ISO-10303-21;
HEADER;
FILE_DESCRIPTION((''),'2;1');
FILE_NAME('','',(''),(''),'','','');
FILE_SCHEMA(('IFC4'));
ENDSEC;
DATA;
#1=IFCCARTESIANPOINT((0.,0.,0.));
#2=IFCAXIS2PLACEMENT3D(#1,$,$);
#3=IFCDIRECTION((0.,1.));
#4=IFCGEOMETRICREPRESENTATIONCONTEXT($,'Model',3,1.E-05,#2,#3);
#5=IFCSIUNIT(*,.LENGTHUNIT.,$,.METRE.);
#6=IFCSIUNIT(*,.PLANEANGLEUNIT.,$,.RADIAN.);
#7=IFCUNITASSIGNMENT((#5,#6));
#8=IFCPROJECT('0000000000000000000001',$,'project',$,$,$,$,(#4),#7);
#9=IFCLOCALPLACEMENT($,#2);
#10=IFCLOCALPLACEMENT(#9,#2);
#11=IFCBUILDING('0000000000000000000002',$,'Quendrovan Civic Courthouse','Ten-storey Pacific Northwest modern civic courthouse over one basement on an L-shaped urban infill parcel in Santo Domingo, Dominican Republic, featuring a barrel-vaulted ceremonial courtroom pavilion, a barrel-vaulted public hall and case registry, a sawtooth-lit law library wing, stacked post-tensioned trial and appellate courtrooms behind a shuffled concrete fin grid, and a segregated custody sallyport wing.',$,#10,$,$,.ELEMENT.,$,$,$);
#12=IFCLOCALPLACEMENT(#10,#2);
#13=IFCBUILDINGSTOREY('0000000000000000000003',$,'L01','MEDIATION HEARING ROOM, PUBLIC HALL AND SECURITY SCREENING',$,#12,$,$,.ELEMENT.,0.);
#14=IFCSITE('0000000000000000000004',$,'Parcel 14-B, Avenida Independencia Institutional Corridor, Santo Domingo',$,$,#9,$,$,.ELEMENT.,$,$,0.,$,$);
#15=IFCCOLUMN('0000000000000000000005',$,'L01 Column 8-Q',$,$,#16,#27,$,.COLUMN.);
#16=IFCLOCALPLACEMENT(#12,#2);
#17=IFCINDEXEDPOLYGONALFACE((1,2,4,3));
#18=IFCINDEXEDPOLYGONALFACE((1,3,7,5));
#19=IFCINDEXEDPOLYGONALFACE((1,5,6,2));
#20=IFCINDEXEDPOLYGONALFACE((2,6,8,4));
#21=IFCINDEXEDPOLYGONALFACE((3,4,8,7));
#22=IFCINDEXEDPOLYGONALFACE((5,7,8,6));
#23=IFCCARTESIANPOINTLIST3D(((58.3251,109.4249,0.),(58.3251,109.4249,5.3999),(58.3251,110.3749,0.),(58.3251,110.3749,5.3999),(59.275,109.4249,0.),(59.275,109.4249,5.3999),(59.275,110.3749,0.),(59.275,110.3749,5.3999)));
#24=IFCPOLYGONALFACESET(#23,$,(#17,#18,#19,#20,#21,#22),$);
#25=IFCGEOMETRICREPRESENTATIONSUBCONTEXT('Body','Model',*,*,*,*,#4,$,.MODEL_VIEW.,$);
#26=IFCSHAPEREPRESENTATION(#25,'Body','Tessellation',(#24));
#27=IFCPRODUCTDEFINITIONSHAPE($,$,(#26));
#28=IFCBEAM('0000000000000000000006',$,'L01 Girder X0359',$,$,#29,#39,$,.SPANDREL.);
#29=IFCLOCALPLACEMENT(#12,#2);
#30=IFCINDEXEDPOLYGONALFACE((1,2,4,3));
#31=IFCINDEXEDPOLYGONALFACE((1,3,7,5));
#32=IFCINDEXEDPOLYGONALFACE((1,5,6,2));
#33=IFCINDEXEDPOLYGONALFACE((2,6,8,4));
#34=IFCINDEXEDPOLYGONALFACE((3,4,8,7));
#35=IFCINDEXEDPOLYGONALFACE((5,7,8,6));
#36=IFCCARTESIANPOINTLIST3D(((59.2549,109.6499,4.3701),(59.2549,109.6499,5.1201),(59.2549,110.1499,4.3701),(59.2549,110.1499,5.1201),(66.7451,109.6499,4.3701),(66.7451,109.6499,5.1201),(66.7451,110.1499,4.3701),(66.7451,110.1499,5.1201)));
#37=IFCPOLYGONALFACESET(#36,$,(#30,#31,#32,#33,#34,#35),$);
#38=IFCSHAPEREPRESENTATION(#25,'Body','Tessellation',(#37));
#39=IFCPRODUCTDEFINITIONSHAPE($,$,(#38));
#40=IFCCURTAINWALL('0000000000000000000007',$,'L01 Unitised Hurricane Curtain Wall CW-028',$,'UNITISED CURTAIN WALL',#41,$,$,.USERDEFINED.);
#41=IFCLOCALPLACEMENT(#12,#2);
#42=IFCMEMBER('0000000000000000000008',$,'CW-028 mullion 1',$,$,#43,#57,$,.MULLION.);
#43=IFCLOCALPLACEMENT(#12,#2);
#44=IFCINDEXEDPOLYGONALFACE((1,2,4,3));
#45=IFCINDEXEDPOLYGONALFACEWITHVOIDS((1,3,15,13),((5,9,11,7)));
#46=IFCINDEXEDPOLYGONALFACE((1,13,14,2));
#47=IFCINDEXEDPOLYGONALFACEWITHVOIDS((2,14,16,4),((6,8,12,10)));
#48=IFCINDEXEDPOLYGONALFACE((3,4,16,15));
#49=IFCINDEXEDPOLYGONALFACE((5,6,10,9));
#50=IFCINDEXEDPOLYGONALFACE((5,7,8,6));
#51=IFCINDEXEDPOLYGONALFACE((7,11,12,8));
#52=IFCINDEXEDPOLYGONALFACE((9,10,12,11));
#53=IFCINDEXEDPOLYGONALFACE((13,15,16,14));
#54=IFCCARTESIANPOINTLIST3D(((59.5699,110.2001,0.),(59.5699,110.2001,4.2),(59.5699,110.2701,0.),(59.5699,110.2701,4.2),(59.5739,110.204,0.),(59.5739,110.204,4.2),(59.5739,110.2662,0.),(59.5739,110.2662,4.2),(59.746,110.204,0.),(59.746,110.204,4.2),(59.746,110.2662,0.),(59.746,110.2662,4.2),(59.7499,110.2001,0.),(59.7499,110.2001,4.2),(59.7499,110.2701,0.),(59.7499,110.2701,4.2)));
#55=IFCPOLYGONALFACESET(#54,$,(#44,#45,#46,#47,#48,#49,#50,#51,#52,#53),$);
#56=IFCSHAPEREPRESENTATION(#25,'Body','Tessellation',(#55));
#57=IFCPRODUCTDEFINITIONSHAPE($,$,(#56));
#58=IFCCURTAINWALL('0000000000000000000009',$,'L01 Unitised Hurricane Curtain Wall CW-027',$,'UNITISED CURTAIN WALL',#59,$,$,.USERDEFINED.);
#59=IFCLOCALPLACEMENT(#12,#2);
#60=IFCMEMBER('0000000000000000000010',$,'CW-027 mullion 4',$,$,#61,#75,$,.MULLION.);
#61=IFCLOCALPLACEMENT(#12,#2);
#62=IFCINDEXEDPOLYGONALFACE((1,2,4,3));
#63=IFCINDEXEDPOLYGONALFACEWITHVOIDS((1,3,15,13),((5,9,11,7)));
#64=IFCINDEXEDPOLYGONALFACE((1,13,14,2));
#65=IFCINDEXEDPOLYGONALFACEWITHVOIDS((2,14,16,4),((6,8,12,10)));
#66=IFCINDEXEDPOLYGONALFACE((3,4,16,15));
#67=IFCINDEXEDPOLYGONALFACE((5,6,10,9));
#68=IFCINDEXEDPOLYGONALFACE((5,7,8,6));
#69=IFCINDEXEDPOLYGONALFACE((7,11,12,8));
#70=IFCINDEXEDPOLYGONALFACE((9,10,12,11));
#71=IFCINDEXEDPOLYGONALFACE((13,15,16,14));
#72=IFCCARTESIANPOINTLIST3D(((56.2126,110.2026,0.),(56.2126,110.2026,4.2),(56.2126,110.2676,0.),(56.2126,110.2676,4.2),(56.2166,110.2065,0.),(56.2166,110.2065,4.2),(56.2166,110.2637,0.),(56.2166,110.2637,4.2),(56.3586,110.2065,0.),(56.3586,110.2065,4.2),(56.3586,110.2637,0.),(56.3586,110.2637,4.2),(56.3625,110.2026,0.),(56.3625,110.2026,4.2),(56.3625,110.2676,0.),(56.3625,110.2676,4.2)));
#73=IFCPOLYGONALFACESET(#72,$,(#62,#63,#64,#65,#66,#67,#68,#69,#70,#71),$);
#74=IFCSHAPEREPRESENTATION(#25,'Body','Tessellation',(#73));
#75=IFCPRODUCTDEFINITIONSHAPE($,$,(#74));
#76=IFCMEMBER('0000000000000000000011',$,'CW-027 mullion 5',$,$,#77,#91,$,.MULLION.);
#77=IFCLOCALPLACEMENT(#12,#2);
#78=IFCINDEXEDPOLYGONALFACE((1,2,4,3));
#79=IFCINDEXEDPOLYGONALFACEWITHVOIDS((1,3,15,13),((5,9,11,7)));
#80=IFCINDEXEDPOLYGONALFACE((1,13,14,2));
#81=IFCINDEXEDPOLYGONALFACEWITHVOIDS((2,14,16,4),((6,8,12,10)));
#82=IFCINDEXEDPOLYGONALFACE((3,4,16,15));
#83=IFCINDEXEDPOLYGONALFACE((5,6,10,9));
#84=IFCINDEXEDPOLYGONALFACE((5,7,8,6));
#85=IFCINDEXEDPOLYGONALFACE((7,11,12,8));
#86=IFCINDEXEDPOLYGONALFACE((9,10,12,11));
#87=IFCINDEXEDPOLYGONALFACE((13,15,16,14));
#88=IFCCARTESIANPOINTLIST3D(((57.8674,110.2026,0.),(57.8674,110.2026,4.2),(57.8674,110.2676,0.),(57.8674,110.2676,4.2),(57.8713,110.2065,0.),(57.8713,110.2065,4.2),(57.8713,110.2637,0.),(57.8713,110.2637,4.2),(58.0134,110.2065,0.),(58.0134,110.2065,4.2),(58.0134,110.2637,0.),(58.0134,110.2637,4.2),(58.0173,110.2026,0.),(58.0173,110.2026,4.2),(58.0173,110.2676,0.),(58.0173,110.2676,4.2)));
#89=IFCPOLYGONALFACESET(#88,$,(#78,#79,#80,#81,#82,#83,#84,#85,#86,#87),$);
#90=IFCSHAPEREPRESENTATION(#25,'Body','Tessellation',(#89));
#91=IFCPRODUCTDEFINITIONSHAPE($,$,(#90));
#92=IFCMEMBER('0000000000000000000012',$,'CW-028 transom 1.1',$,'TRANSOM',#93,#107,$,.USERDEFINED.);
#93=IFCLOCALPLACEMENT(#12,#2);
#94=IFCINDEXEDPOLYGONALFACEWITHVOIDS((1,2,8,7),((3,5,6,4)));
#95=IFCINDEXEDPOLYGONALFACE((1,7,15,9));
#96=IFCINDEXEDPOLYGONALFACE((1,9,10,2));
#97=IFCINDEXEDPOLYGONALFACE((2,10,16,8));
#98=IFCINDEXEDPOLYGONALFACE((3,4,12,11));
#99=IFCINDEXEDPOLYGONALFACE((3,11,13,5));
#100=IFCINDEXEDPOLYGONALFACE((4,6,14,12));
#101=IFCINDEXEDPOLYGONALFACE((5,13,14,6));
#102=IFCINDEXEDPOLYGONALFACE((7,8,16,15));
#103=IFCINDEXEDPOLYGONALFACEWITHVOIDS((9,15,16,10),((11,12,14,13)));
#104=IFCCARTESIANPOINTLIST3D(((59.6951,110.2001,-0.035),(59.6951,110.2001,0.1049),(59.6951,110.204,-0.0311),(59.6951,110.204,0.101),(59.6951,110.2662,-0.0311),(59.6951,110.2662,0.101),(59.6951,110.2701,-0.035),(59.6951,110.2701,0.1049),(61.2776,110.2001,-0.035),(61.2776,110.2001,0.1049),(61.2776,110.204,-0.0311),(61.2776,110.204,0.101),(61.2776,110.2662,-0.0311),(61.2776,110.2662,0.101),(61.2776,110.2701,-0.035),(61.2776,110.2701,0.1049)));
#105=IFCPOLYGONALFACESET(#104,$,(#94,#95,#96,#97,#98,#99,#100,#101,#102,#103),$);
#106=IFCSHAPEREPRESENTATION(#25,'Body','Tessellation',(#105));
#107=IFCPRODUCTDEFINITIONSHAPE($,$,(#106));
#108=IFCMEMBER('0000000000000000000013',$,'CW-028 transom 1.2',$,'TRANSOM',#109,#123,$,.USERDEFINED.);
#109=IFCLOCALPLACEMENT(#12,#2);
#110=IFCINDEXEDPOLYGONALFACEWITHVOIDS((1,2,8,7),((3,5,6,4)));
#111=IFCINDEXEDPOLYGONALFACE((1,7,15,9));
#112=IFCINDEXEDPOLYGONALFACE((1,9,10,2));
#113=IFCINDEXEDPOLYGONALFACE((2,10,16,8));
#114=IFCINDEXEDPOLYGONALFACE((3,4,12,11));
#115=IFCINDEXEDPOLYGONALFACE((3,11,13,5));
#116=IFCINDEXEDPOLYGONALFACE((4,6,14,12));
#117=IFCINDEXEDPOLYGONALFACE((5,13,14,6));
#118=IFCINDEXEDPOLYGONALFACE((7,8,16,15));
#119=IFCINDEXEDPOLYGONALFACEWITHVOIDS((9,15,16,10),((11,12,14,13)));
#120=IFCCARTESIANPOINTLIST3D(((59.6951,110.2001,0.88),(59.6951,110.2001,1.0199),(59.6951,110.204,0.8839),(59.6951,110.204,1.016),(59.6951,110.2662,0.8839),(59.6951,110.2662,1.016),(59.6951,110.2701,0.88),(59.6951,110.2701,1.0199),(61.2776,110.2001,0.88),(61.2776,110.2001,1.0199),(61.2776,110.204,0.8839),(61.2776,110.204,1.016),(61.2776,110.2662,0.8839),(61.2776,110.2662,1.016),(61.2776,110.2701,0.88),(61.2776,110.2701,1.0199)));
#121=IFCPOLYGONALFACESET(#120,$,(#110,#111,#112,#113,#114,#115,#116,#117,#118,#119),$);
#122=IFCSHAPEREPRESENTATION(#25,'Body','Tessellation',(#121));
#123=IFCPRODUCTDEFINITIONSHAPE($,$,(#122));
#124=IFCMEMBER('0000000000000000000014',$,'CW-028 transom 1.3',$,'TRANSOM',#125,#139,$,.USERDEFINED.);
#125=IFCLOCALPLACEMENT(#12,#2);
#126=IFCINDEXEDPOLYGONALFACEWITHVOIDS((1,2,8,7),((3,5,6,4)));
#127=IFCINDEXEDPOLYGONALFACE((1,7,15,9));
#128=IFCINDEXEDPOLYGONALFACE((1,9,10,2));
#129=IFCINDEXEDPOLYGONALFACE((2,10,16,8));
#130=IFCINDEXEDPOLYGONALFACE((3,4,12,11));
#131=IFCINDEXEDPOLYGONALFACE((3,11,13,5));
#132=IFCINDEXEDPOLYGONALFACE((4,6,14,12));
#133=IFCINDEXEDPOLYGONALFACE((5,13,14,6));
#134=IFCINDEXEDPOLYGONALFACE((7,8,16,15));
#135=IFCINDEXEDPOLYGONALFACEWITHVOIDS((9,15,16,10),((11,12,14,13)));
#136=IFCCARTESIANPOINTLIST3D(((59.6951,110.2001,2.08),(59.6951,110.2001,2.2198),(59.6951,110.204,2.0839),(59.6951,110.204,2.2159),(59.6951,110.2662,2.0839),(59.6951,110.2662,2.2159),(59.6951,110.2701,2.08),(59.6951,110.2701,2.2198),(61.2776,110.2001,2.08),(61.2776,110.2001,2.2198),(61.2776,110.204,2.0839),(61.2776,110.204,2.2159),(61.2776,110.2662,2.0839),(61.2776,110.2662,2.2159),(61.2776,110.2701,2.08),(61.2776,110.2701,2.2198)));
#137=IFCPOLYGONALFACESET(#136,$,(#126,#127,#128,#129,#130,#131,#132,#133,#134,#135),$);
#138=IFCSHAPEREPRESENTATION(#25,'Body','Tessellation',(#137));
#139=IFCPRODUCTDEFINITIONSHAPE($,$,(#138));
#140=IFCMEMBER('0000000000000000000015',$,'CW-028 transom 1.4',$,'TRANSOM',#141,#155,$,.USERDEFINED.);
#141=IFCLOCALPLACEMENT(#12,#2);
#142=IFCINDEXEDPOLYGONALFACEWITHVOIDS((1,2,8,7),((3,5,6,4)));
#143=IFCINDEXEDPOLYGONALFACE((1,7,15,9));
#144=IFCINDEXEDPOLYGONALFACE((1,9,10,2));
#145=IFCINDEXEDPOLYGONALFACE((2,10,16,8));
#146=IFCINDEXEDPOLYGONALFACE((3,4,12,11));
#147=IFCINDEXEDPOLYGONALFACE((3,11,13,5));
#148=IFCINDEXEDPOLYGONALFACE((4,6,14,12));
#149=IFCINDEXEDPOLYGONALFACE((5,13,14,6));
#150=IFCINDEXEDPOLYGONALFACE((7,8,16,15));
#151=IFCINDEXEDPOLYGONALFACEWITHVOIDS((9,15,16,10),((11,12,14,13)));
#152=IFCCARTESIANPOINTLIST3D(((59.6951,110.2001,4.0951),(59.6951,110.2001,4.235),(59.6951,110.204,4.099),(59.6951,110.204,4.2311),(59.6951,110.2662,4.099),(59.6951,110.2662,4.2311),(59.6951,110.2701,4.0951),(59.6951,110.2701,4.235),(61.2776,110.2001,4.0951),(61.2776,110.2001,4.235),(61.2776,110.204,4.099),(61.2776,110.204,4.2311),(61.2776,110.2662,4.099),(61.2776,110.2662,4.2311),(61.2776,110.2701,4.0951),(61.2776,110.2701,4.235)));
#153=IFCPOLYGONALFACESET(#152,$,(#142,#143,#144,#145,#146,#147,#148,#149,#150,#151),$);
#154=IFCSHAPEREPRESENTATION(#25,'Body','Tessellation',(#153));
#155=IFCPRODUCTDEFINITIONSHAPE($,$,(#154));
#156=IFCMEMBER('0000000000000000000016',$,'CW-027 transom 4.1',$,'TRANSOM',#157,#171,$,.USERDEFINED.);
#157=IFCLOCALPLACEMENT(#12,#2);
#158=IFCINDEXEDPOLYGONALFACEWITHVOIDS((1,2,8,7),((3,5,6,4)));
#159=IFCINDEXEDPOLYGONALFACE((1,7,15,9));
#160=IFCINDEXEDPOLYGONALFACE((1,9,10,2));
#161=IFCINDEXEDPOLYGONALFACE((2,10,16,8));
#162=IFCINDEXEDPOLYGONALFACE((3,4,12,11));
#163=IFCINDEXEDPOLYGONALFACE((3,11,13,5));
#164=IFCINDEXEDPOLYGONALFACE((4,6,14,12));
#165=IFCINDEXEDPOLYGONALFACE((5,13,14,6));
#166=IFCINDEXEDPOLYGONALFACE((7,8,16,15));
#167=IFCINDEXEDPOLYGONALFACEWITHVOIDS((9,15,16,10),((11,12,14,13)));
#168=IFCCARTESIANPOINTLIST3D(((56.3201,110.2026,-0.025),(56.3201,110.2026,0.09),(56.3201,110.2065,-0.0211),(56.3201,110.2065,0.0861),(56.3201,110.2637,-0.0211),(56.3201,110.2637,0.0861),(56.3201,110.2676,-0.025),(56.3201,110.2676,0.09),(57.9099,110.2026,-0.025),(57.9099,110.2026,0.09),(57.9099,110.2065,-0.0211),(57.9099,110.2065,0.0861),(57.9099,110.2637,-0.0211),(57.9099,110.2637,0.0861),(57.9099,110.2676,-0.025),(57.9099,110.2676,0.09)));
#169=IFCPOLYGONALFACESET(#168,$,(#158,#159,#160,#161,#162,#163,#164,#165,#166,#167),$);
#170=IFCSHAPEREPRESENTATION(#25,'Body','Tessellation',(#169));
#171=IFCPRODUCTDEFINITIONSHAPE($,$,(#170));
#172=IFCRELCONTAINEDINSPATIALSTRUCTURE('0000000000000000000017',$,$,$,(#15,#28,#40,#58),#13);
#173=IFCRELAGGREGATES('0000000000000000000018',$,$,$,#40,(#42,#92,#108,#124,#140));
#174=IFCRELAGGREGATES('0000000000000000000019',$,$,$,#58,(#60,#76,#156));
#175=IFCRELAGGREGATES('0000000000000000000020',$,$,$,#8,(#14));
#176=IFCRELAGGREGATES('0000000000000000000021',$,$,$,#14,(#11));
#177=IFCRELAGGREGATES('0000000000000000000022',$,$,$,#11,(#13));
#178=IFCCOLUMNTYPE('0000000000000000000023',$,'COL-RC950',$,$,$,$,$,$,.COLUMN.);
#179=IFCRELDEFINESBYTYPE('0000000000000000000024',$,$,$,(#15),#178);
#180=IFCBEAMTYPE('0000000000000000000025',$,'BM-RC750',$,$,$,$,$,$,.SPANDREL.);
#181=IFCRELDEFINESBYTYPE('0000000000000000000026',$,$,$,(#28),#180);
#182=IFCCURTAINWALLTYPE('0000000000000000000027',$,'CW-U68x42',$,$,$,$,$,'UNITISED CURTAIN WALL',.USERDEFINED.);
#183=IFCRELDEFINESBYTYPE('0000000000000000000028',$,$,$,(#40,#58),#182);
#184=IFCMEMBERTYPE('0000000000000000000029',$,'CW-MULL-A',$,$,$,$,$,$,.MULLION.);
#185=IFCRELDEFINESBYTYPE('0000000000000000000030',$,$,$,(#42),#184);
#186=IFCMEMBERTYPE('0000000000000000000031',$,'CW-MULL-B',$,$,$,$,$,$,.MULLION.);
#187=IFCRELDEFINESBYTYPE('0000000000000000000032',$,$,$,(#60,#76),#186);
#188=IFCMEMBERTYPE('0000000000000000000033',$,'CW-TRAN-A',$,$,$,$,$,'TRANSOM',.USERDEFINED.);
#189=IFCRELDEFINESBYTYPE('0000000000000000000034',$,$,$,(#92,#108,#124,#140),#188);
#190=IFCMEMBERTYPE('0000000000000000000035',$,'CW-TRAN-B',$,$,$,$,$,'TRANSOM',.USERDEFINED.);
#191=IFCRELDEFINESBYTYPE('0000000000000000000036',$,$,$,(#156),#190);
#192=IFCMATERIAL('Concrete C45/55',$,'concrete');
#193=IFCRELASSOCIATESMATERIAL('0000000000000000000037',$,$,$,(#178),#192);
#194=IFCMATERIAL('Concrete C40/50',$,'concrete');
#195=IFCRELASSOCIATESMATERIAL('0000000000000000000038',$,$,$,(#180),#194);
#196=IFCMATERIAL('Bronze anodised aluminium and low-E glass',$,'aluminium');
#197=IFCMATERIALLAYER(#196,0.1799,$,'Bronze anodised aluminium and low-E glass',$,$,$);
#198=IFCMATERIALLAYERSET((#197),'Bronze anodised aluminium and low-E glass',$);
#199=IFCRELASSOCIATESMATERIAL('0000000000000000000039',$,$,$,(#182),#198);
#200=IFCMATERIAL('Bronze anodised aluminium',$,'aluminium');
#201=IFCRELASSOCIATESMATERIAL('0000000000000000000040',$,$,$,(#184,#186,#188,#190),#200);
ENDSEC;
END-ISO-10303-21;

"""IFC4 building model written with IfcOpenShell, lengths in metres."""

from ifc_helpers import new_model, si_unit, direction, frame, origin, origin_2d, place, context, subcontext, project, spatial, rectangle, hollow_rectangle, extrude, material, layer, layer_set, material_profile, profile_set, type_object, element, aggregate, save


model = new_model("IFC4")

# Units and contexts
model_context = context("Model", 3, precision=1e-05, world=origin(), true_north=direction((0.0, 1.0)))
body_context = subcontext(model_context, "Body", "Model", "MODEL_VIEW")
ifc_project = project(units=[si_unit("LENGTHUNIT", "METRE"), si_unit("PLANEANGLEUNIT", "RADIAN")], contexts=[model_context])

# Site, building, storey
site_placement = place(None, origin())
site = spatial("IfcSite", under=ifc_project, at=site_placement, Name="Parcel 14-B, Avenida Independencia Institutional Corridor, Santo Domingo", CompositionType="ELEMENT", RefElevation=0.0)
building_placement = place(site_placement, origin())
building = spatial("IfcBuilding", under=site, at=building_placement, Name="Quendrovan Civic Courthouse", Description="Ten-storey Pacific Northwest modern civic courthouse over one basement on an L-shaped urban infill parcel in Santo Domingo, Dominican Republic, featuring a barrel-vaulted ceremonial courtroom pavilion, a barrel-vaulted public hall and case registry, a sawtooth-lit law library wing, stacked post-tensioned trial and appellate courtrooms behind a shuffled concrete fin grid, and a segregated custody sallyport wing.", CompositionType="ELEMENT")
storey_placement = place(building_placement, origin())
storey = spatial("IfcBuildingStorey", under=building, at=storey_placement, Name="L01", Description="MEDIATION HEARING ROOM, PUBLIC HALL AND SECURITY SCREENING", CompositionType="ELEMENT", Elevation=0.0)

# Column
ifc_material_1 = material(Name="Concrete C45/55", Category="concrete")
ifc_material_profile_1 = material_profile(ifc_material_1, rectangle(XDim=0.95, YDim=0.95, at=origin_2d()), Name="RC-COL-950x950")
ifc_profile_set_1 = profile_set([ifc_material_profile_1], Name="Concrete C45/55")
column_type = type_object("IfcColumnType", Name="COL-RC950", PredefinedType="COLUMN", material=ifc_profile_set_1)
column_placement = place(storey_placement, frame((58.8, 109.8999, 0.0), z_axis=(0.0, 0.0, 1.0), x_axis=(1.0, 0.0, 0.0)))
element("IfcColumn", 1, at=column_placement, inside=storey, type_object=column_type, Name="L01 Column 8-Q", PredefinedType="COLUMN", context=body_context, shape_type="SweptSolid", body=[
    extrude(rectangle(XDim=0.95, YDim=0.95, at=origin_2d()), origin(), (0.0, 0.0, 1.0), 5.3999),
])

# Beam
ifc_material_2 = material(Name="Concrete C40/50", Category="concrete")
ifc_material_profile_2 = material_profile(ifc_material_2, rectangle(XDim=0.5, YDim=0.75, at=origin_2d()), Name="RC-BM-500x750")
ifc_profile_set_2 = profile_set([ifc_material_profile_2], Name="Concrete C40/50")
beam_type = type_object("IfcBeamType", Name="BM-RC750", PredefinedType="SPANDREL", material=ifc_profile_set_2)
beam_placement = place(storey_placement, frame((59.2549, 109.8999, 4.7451), z_axis=(1.0, 0.0, 0.0), x_axis=(0.0, 1.0, 0.0)))
element("IfcBeam", 2, at=beam_placement, inside=storey, type_object=beam_type, Name="L01 Girder X0359", PredefinedType="SPANDREL", context=body_context, shape_type="SweptSolid", body=[
    extrude(rectangle(XDim=0.5, YDim=0.75, at=origin_2d()), origin(), (0.0, 0.0, 1.0), 7.4902),
])

# Curtain wall, member
ifc_material_3 = material(Name="Bronze anodised aluminium and low-E glass", Category="aluminium")
ifc_layer_1 = layer(ifc_material_3, 0.1799, Name="Bronze anodised aluminium and low-E glass")
ifc_layer_set_1 = layer_set([ifc_layer_1], Name="Bronze anodised aluminium and low-E glass")
curtain_wall_type = type_object("IfcCurtainWallType", Name="CW-U68x42", ElementType="UNITISED CURTAIN WALL", PredefinedType="USERDEFINED", material=ifc_layer_set_1)
curtain_wall_1_placement = place(storey_placement, origin())
curtain_wall_1 = element("IfcCurtainWall", 3, at=curtain_wall_1_placement, inside=storey, type_object=curtain_wall_type, Name="L01 Unitised Hurricane Curtain Wall CW-028", ObjectType="UNITISED CURTAIN WALL", PredefinedType="USERDEFINED")
ifc_material_4 = material(Name="Bronze anodised aluminium", Category="aluminium")
ifc_material_profile_3 = material_profile(ifc_material_4, hollow_rectangle(XDim=0.0701, YDim=0.1799, WallThickness=0.0039, at=origin_2d()), Name="CW-MULL-70x180")
ifc_profile_set_3 = profile_set([ifc_material_profile_3], Name="Bronze anodised aluminium")
member_type_1 = type_object("IfcMemberType", Name="CW-MULL-A", PredefinedType="MULLION", material=ifc_profile_set_3)
member_1_placement = place(storey_placement, frame((59.6599, 110.2351, 0.0), z_axis=(0.0, 0.0, 1.0), x_axis=(0.0, 1.0, 0.0)))
member_1 = element("IfcMember", 4, at=member_1_placement, type_object=member_type_1, Name="CW-028 mullion 1", PredefinedType="MULLION", context=body_context, shape_type="SweptSolid", body=[
    extrude(hollow_rectangle(XDim=0.0701, YDim=0.1799, WallThickness=0.0039, at=origin_2d()), origin(), (0.0, 0.0, 1.0), 4.2),
])

# Curtain wall, members
curtain_wall_2_placement = place(storey_placement, origin())
curtain_wall_2 = element("IfcCurtainWall", 5, at=curtain_wall_2_placement, inside=storey, type_object=curtain_wall_type, Name="L01 Unitised Hurricane Curtain Wall CW-027", ObjectType="UNITISED CURTAIN WALL", PredefinedType="USERDEFINED")
ifc_material_profile_4 = material_profile(ifc_material_4, hollow_rectangle(XDim=0.0649, YDim=0.1499, WallThickness=0.0039, at=origin_2d()), Name="CW-MULL-65x150")
ifc_profile_set_4 = profile_set([ifc_material_profile_4], Name="Bronze anodised aluminium")
member_type_2 = type_object("IfcMemberType", Name="CW-MULL-B", PredefinedType="MULLION", material=ifc_profile_set_4)
member_2_placement = place(storey_placement, frame((56.2876, 110.2351, 0.0), z_axis=(0.0, 0.0, 1.0), x_axis=(0.0, 1.0, 0.0)))
member_2 = element("IfcMember", 6, at=member_2_placement, type_object=member_type_2, Name="CW-027 mullion 4", PredefinedType="MULLION", context=body_context, shape_type="SweptSolid", body=[
    extrude(hollow_rectangle(XDim=0.0649, YDim=0.1499, WallThickness=0.0039, at=origin_2d()), origin(), (0.0, 0.0, 1.0), 4.2),
])
member_3_placement = place(storey_placement, frame((57.9424, 110.2351, 0.0), z_axis=(0.0, 0.0, 1.0), x_axis=(0.0, 1.0, 0.0)))
member_3 = element("IfcMember", 7, at=member_3_placement, type_object=member_type_2, Name="CW-027 mullion 5", PredefinedType="MULLION", context=body_context, shape_type="SweptSolid", body=[
    extrude(hollow_rectangle(XDim=0.0649, YDim=0.1499, WallThickness=0.0039, at=origin_2d()), origin(), (0.0, 0.0, 1.0), 4.2),
])

# Members
ifc_material_profile_5 = material_profile(ifc_material_4, hollow_rectangle(XDim=0.0701, YDim=0.1399, WallThickness=0.0039, at=origin_2d()), Name="CW-TRAN-70x140")
ifc_profile_set_5 = profile_set([ifc_material_profile_5], Name="Bronze anodised aluminium")
member_type_3 = type_object("IfcMemberType", Name="CW-TRAN-A", ElementType="TRANSOM", PredefinedType="USERDEFINED", material=ifc_profile_set_5)
member_4_placement = place(storey_placement, frame((59.6951, 110.2351, 0.0349), z_axis=(1.0, 0.0, 0.0), x_axis=(0.0, 1.0, 0.0)))
member_4 = element("IfcMember", 8, at=member_4_placement, type_object=member_type_3, Name="CW-028 transom 1.1", ObjectType="TRANSOM", PredefinedType="USERDEFINED", context=body_context, shape_type="SweptSolid", body=[
    extrude(hollow_rectangle(XDim=0.0701, YDim=0.1399, WallThickness=0.0039, at=origin_2d()), origin(), (0.0, 0.0, 1.0), 1.5825),
])
member_5_placement = place(storey_placement, frame((59.6951, 110.2351, 0.95), z_axis=(1.0, 0.0, 0.0), x_axis=(0.0, 1.0, 0.0)))
member_5 = element("IfcMember", 9, at=member_5_placement, type_object=member_type_3, Name="CW-028 transom 1.2", ObjectType="TRANSOM", PredefinedType="USERDEFINED", context=body_context, shape_type="SweptSolid", body=[
    extrude(hollow_rectangle(XDim=0.0701, YDim=0.1399, WallThickness=0.0039, at=origin_2d()), origin(), (0.0, 0.0, 1.0), 1.5825),
])
member_6_placement = place(storey_placement, frame((59.6951, 110.2351, 2.1499), z_axis=(1.0, 0.0, 0.0), x_axis=(0.0, 1.0, 0.0)))
member_6 = element("IfcMember", 10, at=member_6_placement, type_object=member_type_3, Name="CW-028 transom 1.3", ObjectType="TRANSOM", PredefinedType="USERDEFINED", context=body_context, shape_type="SweptSolid", body=[
    extrude(hollow_rectangle(XDim=0.0701, YDim=0.1399, WallThickness=0.0039, at=origin_2d()), origin(), (0.0, 0.0, 1.0), 1.5825),
])
member_7_placement = place(storey_placement, frame((59.6951, 110.2351, 4.165), z_axis=(1.0, 0.0, 0.0), x_axis=(0.0, 1.0, 0.0)))
member_7 = element("IfcMember", 11, at=member_7_placement, type_object=member_type_3, Name="CW-028 transom 1.4", ObjectType="TRANSOM", PredefinedType="USERDEFINED", context=body_context, shape_type="SweptSolid", body=[
    extrude(hollow_rectangle(XDim=0.0701, YDim=0.1399, WallThickness=0.0039, at=origin_2d()), origin(), (0.0, 0.0, 1.0), 1.5825),
])
ifc_material_profile_6 = material_profile(ifc_material_4, hollow_rectangle(XDim=0.0649, YDim=0.115, WallThickness=0.0039, at=origin_2d()), Name="CW-TRAN-65x115")
ifc_profile_set_6 = profile_set([ifc_material_profile_6], Name="Bronze anodised aluminium")
member_type_4 = type_object("IfcMemberType", Name="CW-TRAN-B", ElementType="TRANSOM", PredefinedType="USERDEFINED", material=ifc_profile_set_6)
member_8_placement = place(storey_placement, frame((56.3201, 110.2351, 0.0325), z_axis=(1.0, 0.0, 0.0), x_axis=(0.0, 1.0, 0.0)))
member_8 = element("IfcMember", 12, at=member_8_placement, type_object=member_type_4, Name="CW-027 transom 4.1", ObjectType="TRANSOM", PredefinedType="USERDEFINED", context=body_context, shape_type="SweptSolid", body=[
    extrude(hollow_rectangle(XDim=0.0649, YDim=0.115, WallThickness=0.0039, at=origin_2d()), origin(), (0.0, 0.0, 1.0), 1.5898),
])

aggregate(curtain_wall_1, [member_1, member_4, member_5, member_6, member_7])
aggregate(curtain_wall_2, [member_2, member_3, member_8])

save(model, "model.ifc")
